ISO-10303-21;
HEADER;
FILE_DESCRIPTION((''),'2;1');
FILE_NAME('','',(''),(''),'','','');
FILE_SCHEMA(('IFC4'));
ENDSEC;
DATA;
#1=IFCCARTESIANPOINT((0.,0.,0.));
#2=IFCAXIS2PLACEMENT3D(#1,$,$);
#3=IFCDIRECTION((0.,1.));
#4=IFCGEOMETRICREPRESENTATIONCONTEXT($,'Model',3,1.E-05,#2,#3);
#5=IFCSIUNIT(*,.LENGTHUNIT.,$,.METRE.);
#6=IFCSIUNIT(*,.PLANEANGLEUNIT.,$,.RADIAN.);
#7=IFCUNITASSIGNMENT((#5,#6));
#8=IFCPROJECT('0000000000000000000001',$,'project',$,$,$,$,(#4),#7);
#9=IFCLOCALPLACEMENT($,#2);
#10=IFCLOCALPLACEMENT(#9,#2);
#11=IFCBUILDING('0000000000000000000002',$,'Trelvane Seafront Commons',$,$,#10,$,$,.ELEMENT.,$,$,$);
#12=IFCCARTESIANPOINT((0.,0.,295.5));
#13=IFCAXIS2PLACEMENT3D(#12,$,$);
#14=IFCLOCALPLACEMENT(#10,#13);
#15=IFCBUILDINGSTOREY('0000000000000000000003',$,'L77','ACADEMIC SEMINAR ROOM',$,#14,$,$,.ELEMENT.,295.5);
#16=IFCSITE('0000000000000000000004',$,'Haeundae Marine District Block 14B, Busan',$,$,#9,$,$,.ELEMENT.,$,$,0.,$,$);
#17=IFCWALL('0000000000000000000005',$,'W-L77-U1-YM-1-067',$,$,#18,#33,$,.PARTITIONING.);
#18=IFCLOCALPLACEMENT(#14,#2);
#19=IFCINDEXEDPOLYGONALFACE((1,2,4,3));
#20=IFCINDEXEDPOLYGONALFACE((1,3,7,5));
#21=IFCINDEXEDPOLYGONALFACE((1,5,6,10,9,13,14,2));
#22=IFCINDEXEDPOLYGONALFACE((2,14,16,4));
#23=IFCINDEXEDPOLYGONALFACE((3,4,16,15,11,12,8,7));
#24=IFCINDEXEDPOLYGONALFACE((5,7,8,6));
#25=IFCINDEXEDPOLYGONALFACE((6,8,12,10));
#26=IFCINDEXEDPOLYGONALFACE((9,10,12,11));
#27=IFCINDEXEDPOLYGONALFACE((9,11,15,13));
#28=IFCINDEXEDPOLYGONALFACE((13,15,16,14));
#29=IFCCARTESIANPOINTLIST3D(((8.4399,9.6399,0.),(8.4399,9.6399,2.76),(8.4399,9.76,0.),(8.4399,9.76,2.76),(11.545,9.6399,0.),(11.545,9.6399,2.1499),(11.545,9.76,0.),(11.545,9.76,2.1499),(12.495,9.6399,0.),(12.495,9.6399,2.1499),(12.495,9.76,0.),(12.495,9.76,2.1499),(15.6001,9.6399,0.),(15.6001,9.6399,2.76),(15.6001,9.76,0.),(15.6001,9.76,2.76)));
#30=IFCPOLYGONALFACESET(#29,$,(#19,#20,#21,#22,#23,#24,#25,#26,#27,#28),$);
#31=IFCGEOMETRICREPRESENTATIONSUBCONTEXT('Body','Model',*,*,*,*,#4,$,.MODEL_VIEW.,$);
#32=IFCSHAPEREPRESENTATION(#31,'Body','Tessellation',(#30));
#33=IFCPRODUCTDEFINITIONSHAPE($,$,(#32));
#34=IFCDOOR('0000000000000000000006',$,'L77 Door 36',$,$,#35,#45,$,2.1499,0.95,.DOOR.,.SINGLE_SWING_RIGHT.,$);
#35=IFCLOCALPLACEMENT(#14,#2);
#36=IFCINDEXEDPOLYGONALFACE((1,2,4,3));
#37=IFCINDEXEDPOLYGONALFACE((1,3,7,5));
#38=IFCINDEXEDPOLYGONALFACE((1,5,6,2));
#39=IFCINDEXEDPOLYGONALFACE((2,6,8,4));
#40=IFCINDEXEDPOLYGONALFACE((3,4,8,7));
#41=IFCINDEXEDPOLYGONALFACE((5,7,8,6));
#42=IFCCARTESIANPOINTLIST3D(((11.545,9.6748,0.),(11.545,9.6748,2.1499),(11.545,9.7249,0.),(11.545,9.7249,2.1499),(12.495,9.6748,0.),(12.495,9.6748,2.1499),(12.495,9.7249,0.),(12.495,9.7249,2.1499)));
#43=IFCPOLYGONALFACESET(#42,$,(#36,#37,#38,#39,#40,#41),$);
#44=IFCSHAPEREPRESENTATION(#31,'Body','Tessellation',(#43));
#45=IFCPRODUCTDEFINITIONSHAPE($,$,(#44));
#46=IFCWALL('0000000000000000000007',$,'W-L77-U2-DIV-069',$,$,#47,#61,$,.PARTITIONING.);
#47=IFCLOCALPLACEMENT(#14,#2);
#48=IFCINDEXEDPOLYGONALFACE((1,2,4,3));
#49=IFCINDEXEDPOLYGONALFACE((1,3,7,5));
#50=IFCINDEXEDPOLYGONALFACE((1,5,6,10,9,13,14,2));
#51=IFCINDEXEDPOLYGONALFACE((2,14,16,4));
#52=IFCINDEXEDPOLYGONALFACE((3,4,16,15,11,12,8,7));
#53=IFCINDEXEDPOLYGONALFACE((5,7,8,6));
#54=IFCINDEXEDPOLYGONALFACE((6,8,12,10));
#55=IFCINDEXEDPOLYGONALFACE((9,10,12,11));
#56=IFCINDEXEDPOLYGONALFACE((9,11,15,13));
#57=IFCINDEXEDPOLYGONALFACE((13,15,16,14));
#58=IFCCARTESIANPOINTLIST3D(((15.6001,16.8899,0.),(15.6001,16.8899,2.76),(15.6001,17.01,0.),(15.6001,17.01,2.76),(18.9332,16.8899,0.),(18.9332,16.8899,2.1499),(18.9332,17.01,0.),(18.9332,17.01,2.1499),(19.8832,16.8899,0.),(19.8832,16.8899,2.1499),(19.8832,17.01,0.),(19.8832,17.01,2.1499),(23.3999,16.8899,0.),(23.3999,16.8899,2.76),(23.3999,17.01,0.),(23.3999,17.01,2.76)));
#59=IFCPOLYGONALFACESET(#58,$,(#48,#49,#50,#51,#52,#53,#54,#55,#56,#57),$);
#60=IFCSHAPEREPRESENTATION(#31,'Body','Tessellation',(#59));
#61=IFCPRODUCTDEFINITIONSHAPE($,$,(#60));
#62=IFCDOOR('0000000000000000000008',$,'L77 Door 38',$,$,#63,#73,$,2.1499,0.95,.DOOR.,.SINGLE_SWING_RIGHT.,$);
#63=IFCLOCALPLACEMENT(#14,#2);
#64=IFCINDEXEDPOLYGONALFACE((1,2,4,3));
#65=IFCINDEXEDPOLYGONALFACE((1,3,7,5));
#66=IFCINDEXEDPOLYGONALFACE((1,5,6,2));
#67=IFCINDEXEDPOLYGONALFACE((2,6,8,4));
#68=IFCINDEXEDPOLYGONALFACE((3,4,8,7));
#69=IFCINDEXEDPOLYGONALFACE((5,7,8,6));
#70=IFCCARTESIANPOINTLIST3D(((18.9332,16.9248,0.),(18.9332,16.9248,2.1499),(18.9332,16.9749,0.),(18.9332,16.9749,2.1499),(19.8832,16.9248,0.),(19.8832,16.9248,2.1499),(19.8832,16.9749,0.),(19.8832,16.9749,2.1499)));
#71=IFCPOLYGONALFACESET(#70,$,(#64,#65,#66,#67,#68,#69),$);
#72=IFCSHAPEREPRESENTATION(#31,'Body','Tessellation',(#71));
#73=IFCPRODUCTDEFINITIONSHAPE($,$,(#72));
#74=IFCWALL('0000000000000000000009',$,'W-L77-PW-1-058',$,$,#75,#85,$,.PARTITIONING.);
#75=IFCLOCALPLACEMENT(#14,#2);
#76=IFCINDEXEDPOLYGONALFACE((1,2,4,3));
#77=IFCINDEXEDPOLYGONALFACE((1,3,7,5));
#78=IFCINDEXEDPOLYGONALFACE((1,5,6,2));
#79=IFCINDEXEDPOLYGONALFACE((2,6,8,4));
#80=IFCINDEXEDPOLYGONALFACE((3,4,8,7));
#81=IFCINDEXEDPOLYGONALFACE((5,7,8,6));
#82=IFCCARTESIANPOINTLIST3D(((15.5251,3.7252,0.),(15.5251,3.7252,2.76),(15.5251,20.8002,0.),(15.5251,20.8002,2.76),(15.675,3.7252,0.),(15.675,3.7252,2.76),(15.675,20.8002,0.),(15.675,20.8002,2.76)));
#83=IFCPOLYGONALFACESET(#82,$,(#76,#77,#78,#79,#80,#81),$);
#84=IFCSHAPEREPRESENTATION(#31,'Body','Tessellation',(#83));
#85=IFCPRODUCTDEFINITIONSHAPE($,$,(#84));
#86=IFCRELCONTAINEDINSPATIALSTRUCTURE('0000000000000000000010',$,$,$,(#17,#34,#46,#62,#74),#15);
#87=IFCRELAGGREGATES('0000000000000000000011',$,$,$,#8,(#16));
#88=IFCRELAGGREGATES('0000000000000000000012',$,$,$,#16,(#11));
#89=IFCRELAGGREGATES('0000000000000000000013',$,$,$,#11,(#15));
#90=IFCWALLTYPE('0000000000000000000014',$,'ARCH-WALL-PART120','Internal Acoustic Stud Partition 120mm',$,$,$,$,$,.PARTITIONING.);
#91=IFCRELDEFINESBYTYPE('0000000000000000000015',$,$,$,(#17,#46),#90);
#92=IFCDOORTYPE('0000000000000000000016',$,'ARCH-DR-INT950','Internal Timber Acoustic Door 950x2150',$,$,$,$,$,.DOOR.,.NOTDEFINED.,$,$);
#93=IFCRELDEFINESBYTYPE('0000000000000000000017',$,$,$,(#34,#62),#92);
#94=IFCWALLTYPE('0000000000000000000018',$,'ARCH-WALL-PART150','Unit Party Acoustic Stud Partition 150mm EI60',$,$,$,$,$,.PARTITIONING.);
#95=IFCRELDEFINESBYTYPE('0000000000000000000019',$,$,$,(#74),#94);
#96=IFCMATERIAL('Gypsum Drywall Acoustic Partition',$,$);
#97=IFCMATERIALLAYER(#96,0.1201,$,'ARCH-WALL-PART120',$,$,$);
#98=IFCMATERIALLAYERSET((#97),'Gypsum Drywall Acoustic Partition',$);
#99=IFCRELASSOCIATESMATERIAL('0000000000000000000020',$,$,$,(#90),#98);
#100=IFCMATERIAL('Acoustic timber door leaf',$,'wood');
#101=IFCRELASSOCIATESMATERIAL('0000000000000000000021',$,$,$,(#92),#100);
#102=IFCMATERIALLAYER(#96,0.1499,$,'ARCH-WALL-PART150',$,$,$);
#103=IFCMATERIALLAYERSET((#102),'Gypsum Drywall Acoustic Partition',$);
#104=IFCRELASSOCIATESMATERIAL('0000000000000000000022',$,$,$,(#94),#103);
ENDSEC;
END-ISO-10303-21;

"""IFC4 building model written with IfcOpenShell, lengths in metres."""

from ifc_helpers import new_model, si_unit, direction, frame, frame_2d, origin, place, context, subcontext, project, spatial, rectangle, extrude, source, transform, mapped, material, layer, layer_set, type_object, element, fill, save


model = new_model("IFC4")

# Units and contexts
model_context = context("Model", 3, precision=1e-05, world=origin(), true_north=direction((0.0, 1.0)))
body_context = subcontext(model_context, "Body", "Model", "MODEL_VIEW")
ifc_project = project(units=[si_unit("LENGTHUNIT", "METRE"), si_unit("PLANEANGLEUNIT", "RADIAN")], contexts=[model_context])

# Site, building, storey
site_placement = place(None, origin())
site = spatial("IfcSite", under=ifc_project, at=site_placement, Name="Haeundae Marine District Block 14B, Busan", CompositionType="ELEMENT", RefElevation=0.0)
building_placement = place(site_placement, origin())
building = spatial("IfcBuilding", under=site, at=building_placement, Name="Trelvane Seafront Commons", CompositionType="ELEMENT")
storey_placement = place(building_placement, frame((0.0, 0.0, 295.5)))
storey = spatial("IfcBuildingStorey", under=building, at=storey_placement, Name="L77", Description="ACADEMIC SEMINAR ROOM", CompositionType="ELEMENT", Elevation=295.5)

# Shared definitions
ifc_material_1 = material(Name="Gypsum Drywall Acoustic Partition")
ifc_layer_1 = layer(ifc_material_1, 0.1201, Name="ARCH-WALL-PART120")
ifc_layer_set_1 = layer_set([ifc_layer_1], Name="Gypsum Drywall Acoustic Partition")
wall_type_1 = type_object("IfcWallType", Name="ARCH-WALL-PART120", Description="Internal Acoustic Stud Partition 120mm", PredefinedType="PARTITIONING", material=ifc_layer_set_1)

# Walls, openings, doors
wall_1_placement = place(storey_placement, frame((8.4399, 9.7, 0.0), z_axis=(0.0, 0.0, 1.0), x_axis=(1.0, 0.0, 0.0)))
wall_1 = element("IfcWall", 1, at=wall_1_placement, inside=storey, type_object=wall_type_1, Name="W-L77-U1-YM-1-067", PredefinedType="PARTITIONING", context=body_context, shape_type="SweptSolid", body=[
    extrude(rectangle(XDim=7.1602, YDim=0.1201, at=frame_2d((3.5801, 0.0))), origin(), (0.0, 0.0, 1.0), 2.76),
])
opening_1_placement = place(wall_1_placement, frame((3.105, 0.0, 0.0)))
opening_1 = element("IfcOpeningElement", 2, at=opening_1_placement, cuts=wall_1, PredefinedType="OPENING", context=body_context, shape_type="SweptSolid", body=[
    extrude(rectangle(XDim=0.95, YDim=2.1499, at=frame_2d((0.4751, 1.075))), frame((0.0, 0.0701, 0.0), z_axis=(0.0, -1.0, 0.0), x_axis=(1.0, 0.0, 0.0)), (0.0, 0.0, 1.0), 0.1401),
])
ifc_material_2 = material(Name="Acoustic timber door leaf", Category="wood")
door_type = type_object("IfcDoorType", Name="ARCH-DR-INT950", Description="Internal Timber Acoustic Door 950x2150", OperationType="NOTDEFINED", PredefinedType="DOOR", material=ifc_material_2)
shared_shape_1 = source(origin(), body_context, "Body", "SweptSolid", [
    extrude(rectangle(XDim=0.95, YDim=2.1499, at=frame_2d((0.4751, 1.075))), frame((0.0, 0.0249, 0.0), z_axis=(0.0, -1.0, 0.0), x_axis=(1.0, 0.0, 0.0)), (0.0, 0.0, 1.0), 0.05),
])
door_1_placement = place(opening_1_placement, origin())
door_1 = element("IfcDoor", 3, at=door_1_placement, inside=storey, type_object=door_type, Name="L77 Door 36", OperationType="SINGLE_SWING_RIGHT", OverallHeight=2.1499, OverallWidth=0.95, PredefinedType="DOOR", context=body_context, shape_type="MappedRepresentation", body=[
    mapped(shared_shape_1, transform((0.0, 0.0, 0.0), x_axis=(1.0, 0.0, 0.0), y_axis=(0.0, 1.0, 0.0), z_axis=(0.0, 0.0, 1.0), scale=1.0)),
])
fill(opening_1, door_1)
wall_2_placement = place(storey_placement, frame((15.6001, 16.95, 0.0), z_axis=(0.0, 0.0, 1.0), x_axis=(1.0, 0.0, 0.0)))
wall_2 = element("IfcWall", 4, at=wall_2_placement, inside=storey, type_object=wall_type_1, Name="W-L77-U2-DIV-069", PredefinedType="PARTITIONING", context=body_context, shape_type="SweptSolid", body=[
    extrude(rectangle(XDim=7.7998, YDim=0.1201, at=frame_2d((3.8999, 0.0))), origin(), (0.0, 0.0, 1.0), 2.76),
])
opening_2_placement = place(wall_2_placement, frame((3.333, 0.0, 0.0)))
opening_2 = element("IfcOpeningElement", 5, at=opening_2_placement, cuts=wall_2, PredefinedType="OPENING", context=body_context, shape_type="SweptSolid", body=[
    extrude(rectangle(XDim=0.95, YDim=2.1499, at=frame_2d((0.4751, 1.075))), frame((0.0, 0.0701, 0.0), z_axis=(0.0, -1.0, 0.0), x_axis=(1.0, 0.0, 0.0)), (0.0, 0.0, 1.0), 0.1401),
])
door_2_placement = place(opening_2_placement, origin())
door_2 = element("IfcDoor", 6, at=door_2_placement, inside=storey, type_object=door_type, Name="L77 Door 38", OperationType="SINGLE_SWING_RIGHT", OverallHeight=2.1499, OverallWidth=0.95, PredefinedType="DOOR", context=body_context, shape_type="MappedRepresentation", body=[
    mapped(shared_shape_1, transform((0.0, 0.0, 0.0), x_axis=(1.0, 0.0, 0.0), y_axis=(0.0, 1.0, 0.0), z_axis=(0.0, 0.0, 1.0), scale=1.0)),
])
fill(opening_2, door_2)

# Wall
ifc_layer_2 = layer(ifc_material_1, 0.1499, Name="ARCH-WALL-PART150")
ifc_layer_set_2 = layer_set([ifc_layer_2], Name="Gypsum Drywall Acoustic Partition")
wall_type_2 = type_object("IfcWallType", Name="ARCH-WALL-PART150", Description="Unit Party Acoustic Stud Partition 150mm EI60", PredefinedType="PARTITIONING", material=ifc_layer_set_2)
wall_3_placement = place(storey_placement, frame((15.6001, 3.7251, 0.0), z_axis=(0.0, 0.0, 1.0), x_axis=(0.0, 1.0, 0.0)))
element("IfcWall", 7, at=wall_3_placement, inside=storey, type_object=wall_type_2, Name="W-L77-PW-1-058", PredefinedType="PARTITIONING", context=body_context, shape_type="SweptSolid", body=[
    extrude(rectangle(XDim=17.075, YDim=0.1499, at=frame_2d((8.5376, 0.0))), origin(), (0.0, 0.0, 1.0), 2.76),
])

save(model, "model.ifc")
